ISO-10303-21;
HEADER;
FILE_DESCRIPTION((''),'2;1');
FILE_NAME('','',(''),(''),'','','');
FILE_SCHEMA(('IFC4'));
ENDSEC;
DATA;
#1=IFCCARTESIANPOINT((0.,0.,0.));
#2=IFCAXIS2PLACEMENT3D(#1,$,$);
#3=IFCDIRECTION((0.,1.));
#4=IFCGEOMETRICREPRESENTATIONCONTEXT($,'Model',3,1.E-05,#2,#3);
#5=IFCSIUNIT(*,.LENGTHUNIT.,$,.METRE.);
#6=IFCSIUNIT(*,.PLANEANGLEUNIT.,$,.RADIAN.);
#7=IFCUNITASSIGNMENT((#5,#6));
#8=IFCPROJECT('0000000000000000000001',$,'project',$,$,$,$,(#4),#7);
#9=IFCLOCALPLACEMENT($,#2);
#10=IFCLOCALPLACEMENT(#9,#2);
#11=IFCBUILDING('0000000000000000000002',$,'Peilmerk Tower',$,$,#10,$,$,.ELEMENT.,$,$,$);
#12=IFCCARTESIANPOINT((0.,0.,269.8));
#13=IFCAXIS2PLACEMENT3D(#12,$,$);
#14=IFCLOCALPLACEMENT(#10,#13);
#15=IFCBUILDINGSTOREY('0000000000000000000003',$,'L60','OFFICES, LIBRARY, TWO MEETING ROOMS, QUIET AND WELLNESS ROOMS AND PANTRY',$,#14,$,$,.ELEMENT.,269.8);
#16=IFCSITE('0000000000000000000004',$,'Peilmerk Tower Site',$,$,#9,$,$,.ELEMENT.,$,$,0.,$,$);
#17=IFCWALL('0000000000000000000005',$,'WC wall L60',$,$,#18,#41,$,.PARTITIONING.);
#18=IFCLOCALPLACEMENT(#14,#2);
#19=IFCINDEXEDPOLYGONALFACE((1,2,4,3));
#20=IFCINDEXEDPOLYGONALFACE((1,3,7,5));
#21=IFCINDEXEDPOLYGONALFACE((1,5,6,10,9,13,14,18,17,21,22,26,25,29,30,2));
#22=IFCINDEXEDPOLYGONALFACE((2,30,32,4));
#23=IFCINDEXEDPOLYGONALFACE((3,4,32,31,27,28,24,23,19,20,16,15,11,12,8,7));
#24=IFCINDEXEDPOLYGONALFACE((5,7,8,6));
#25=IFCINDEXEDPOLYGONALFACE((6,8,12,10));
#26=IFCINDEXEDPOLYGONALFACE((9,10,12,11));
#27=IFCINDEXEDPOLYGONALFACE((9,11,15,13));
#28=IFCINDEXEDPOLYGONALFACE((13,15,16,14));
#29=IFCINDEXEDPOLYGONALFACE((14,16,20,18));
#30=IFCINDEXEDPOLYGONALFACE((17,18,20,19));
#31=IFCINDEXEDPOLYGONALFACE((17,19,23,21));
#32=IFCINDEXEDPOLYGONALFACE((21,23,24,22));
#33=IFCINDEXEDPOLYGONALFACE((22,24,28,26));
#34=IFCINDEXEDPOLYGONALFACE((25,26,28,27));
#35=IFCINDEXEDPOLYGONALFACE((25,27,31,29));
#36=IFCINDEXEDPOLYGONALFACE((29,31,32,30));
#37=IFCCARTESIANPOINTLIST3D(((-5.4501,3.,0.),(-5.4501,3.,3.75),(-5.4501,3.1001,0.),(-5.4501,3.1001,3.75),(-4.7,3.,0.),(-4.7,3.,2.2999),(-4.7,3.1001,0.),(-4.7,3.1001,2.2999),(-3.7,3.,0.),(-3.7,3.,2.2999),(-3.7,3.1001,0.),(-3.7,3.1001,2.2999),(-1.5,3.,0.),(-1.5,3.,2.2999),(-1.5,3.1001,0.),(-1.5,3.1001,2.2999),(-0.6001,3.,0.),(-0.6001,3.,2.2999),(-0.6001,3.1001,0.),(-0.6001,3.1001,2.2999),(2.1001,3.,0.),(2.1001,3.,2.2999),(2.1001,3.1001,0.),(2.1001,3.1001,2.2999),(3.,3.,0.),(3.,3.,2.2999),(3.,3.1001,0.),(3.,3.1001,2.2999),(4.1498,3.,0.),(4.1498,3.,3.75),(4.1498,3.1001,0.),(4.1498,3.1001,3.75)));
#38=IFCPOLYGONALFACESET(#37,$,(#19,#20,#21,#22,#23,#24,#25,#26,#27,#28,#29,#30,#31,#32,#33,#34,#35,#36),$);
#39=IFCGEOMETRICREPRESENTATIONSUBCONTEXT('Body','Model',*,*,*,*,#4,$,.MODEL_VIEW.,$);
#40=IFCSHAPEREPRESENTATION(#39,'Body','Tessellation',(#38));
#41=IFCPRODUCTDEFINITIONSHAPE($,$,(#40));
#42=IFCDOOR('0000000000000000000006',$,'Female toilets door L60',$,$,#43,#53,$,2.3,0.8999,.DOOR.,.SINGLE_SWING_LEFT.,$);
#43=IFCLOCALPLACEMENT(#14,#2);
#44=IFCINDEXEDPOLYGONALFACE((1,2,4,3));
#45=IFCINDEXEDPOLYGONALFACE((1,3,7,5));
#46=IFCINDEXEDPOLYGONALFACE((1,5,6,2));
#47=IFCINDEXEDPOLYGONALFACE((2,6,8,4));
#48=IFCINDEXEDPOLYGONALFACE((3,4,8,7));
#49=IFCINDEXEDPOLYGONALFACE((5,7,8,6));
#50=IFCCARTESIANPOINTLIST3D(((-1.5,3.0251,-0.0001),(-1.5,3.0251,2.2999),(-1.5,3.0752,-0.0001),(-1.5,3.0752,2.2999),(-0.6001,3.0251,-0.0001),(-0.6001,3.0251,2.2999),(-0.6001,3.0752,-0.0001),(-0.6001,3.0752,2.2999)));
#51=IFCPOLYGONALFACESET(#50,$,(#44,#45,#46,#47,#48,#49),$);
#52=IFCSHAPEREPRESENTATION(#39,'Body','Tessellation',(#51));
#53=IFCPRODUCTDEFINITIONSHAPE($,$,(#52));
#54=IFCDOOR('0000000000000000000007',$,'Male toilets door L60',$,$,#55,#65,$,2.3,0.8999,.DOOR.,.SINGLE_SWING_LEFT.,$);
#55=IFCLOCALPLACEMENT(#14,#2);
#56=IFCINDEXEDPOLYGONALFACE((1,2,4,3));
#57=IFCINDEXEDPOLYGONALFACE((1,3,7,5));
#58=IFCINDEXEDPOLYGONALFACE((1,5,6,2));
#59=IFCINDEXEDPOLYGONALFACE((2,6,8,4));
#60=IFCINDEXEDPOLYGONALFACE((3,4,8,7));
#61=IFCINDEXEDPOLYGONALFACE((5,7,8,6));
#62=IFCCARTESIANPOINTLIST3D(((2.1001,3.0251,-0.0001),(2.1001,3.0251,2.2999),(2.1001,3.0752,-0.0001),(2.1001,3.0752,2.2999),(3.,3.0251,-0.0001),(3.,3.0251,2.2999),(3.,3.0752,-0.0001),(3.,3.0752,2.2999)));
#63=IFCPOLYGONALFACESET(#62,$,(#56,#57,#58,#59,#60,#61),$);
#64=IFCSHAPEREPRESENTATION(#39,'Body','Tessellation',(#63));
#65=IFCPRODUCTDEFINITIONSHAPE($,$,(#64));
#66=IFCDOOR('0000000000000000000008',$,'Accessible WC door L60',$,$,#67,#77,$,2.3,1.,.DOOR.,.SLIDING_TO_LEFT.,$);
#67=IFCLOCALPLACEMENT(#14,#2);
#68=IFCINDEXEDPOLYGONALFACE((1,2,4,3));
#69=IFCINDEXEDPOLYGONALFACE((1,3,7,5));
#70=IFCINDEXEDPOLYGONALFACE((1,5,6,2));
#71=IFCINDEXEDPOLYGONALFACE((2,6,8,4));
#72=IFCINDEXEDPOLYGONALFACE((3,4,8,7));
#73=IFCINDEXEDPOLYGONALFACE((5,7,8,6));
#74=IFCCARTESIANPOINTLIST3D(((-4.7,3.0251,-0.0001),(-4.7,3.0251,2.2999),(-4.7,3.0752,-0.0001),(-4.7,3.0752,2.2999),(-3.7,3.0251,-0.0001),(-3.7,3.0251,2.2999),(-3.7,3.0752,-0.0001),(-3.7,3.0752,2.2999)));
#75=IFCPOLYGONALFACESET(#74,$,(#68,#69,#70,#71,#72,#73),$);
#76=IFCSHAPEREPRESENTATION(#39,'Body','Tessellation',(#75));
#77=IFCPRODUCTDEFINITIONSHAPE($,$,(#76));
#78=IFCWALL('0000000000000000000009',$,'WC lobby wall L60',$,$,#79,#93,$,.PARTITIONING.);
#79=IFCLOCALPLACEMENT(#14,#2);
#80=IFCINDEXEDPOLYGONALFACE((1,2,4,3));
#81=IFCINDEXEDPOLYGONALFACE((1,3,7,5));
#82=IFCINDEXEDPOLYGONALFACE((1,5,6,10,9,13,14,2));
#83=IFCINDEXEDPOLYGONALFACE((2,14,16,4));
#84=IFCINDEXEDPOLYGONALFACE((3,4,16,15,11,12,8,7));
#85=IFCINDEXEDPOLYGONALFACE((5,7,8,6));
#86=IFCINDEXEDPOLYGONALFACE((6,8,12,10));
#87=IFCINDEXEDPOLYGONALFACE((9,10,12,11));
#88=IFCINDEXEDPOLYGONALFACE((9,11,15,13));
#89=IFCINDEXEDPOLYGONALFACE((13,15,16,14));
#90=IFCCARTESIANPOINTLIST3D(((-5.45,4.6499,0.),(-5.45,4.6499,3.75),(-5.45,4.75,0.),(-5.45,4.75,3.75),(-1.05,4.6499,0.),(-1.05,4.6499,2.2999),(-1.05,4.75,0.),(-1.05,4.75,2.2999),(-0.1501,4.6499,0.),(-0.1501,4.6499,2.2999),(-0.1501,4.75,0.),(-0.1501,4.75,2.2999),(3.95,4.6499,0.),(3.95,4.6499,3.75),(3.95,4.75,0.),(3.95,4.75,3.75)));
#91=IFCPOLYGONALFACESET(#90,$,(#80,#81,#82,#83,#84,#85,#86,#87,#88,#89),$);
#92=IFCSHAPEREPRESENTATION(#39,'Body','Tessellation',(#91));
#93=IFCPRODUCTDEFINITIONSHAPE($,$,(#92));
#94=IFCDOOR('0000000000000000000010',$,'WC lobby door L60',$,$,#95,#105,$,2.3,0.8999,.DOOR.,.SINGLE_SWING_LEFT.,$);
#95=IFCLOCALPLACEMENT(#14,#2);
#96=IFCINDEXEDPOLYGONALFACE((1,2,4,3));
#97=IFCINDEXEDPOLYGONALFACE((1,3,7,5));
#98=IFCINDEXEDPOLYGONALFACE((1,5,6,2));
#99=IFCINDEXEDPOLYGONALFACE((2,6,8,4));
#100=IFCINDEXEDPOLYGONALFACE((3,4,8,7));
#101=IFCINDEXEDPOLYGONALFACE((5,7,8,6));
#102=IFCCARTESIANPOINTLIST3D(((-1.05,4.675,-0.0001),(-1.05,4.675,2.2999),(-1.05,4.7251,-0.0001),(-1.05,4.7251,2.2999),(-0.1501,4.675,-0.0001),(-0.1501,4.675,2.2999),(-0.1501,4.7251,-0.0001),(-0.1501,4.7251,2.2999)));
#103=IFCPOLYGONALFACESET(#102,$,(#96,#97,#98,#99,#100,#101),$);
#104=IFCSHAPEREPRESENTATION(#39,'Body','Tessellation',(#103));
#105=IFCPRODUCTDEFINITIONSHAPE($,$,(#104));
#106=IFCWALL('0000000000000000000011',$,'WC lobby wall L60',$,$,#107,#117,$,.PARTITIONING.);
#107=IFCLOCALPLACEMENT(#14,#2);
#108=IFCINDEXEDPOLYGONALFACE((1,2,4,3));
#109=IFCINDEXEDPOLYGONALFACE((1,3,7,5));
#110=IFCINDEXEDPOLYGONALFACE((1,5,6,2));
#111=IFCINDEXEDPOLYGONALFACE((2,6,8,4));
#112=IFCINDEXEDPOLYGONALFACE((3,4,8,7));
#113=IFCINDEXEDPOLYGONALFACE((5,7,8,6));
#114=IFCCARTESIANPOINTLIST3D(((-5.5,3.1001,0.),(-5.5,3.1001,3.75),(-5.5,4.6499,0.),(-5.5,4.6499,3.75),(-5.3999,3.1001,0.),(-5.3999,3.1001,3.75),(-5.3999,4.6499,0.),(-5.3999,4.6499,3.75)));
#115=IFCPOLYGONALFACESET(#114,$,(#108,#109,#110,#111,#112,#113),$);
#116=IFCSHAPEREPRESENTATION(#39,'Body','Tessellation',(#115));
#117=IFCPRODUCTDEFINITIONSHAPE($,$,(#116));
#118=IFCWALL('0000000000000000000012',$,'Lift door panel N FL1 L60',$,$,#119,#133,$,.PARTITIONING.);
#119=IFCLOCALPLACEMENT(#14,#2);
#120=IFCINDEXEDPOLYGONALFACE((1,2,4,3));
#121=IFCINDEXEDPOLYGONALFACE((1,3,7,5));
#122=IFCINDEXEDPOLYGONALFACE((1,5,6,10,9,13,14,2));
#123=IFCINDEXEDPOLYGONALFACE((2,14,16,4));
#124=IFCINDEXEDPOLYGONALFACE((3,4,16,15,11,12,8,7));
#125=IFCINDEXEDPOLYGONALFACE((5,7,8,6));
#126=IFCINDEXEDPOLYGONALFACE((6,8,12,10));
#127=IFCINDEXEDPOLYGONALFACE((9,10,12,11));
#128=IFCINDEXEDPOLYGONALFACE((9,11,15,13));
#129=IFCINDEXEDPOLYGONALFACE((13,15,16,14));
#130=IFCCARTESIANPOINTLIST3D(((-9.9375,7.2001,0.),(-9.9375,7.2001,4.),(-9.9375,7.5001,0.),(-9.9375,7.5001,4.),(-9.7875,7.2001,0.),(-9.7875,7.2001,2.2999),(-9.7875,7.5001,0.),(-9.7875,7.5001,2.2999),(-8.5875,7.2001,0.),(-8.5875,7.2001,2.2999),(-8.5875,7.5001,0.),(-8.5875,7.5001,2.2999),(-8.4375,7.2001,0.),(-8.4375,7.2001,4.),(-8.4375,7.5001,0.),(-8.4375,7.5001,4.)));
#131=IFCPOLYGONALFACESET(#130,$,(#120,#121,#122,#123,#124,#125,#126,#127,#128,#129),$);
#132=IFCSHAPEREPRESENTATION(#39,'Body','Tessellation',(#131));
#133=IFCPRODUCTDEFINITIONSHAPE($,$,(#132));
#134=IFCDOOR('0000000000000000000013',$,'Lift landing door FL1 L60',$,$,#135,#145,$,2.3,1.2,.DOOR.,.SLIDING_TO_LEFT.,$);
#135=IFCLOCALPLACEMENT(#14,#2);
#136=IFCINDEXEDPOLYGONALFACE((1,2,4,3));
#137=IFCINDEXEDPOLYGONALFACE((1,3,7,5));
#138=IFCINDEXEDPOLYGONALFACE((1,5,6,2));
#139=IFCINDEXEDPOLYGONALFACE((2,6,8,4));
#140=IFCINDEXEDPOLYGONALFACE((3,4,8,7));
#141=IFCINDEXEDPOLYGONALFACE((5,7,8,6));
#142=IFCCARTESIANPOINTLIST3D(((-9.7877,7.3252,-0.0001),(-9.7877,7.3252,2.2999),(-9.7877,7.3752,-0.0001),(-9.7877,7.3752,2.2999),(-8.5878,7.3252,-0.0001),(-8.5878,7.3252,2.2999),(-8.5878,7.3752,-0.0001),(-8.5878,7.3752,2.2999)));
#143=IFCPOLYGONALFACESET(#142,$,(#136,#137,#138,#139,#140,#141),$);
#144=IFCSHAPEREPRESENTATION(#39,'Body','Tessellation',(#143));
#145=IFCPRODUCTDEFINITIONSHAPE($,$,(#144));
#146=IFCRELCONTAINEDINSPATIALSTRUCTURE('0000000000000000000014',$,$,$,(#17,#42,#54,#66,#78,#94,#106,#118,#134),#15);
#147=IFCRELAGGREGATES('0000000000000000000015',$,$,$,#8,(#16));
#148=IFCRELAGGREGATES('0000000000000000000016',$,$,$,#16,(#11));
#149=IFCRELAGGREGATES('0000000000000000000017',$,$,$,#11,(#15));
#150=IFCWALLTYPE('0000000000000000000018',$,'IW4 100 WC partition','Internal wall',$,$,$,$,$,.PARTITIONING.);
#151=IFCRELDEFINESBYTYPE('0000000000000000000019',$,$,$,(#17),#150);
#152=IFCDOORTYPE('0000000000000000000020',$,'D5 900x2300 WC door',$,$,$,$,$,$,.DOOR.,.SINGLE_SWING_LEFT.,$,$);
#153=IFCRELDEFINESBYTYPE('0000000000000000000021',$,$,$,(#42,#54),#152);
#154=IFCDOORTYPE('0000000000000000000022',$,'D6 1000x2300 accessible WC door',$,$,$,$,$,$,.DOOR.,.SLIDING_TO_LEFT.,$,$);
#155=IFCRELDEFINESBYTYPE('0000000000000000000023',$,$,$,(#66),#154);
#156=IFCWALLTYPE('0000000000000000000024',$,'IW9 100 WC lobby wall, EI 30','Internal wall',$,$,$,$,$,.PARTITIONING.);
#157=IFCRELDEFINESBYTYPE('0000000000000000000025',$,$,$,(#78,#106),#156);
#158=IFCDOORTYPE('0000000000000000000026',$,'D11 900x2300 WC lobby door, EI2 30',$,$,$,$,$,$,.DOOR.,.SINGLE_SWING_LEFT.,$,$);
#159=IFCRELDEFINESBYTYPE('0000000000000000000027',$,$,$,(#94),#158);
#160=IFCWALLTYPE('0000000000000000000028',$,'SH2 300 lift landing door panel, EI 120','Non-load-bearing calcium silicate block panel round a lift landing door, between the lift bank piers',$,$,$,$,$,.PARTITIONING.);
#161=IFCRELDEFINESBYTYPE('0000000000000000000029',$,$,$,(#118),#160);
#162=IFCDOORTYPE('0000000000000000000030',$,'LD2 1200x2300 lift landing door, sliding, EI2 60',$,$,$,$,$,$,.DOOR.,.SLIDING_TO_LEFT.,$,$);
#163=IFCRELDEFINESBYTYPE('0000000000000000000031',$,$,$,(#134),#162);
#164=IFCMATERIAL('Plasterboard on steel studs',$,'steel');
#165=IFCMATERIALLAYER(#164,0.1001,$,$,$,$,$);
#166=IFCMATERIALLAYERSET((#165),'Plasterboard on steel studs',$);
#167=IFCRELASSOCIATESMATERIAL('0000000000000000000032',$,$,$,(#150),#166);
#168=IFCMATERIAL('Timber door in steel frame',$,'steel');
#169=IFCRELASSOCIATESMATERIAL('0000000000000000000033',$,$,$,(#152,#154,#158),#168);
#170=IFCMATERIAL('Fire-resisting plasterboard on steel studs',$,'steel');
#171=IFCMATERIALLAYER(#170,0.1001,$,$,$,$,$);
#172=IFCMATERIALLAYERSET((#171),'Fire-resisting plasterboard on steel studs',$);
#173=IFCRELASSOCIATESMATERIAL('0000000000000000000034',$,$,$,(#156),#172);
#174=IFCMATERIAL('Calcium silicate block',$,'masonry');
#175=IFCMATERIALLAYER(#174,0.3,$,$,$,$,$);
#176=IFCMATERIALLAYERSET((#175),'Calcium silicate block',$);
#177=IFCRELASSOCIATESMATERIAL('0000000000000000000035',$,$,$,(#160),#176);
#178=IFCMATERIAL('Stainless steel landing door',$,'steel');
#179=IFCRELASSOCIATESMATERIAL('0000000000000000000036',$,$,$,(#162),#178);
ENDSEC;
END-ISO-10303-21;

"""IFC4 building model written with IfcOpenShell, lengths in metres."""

from ifc_helpers import new_model, si_unit, direction, frame, frame_2d, origin, place, context, subcontext, project, spatial, rectangle, extrude, material, layer, layer_set, type_object, element, fill, save


model = new_model("IFC4")

# Units and contexts
model_context = context("Model", 3, precision=1e-05, world=origin(), true_north=direction((0.0, 1.0)))
body_context = subcontext(model_context, "Body", "Model", "MODEL_VIEW")
ifc_project = project(units=[si_unit("LENGTHUNIT", "METRE"), si_unit("PLANEANGLEUNIT", "RADIAN")], contexts=[model_context])

# Site, building, storey
site_placement = place(None, origin())
site = spatial("IfcSite", under=ifc_project, at=site_placement, Name="Peilmerk Tower Site", CompositionType="ELEMENT", RefElevation=0.0)
building_placement = place(site_placement, origin())
building = spatial("IfcBuilding", under=site, at=building_placement, Name="Peilmerk Tower", CompositionType="ELEMENT")
storey_placement = place(building_placement, frame((0.0, 0.0, 269.8)))
storey = spatial("IfcBuildingStorey", under=building, at=storey_placement, Name="L60", Description="OFFICES, LIBRARY, TWO MEETING ROOMS, QUIET AND WELLNESS ROOMS AND PANTRY", CompositionType="ELEMENT", Elevation=269.8)

# Wall, openings, doors
ifc_material_1 = material(Name="Plasterboard on steel studs", Category="steel")
ifc_layer_1 = layer(ifc_material_1, 0.1001)
ifc_layer_set_1 = layer_set([ifc_layer_1], Name="Plasterboard on steel studs")
wall_type_1 = type_object("IfcWallType", Name="IW4 100 WC partition", Description="Internal wall", PredefinedType="PARTITIONING", material=ifc_layer_set_1)
wall_1_placement = place(storey_placement, frame((-5.45, 3.05, 0.0), z_axis=(0.0, 0.0, 1.0), x_axis=(1.0, 0.0, 0.0)))
wall_1 = element("IfcWall", 1, at=wall_1_placement, inside=storey, type_object=wall_type_1, Name="WC wall L60", PredefinedType="PARTITIONING", context=body_context, shape_type="SweptSolid", body=[
    extrude(rectangle(XDim=9.5999, YDim=0.1001, at=frame_2d((4.7998, 0.0))), origin(), (0.0, 0.0, 1.0), 3.75),
])
opening_1_placement = place(wall_1_placement, frame((0.75, 0.0, 0.0)))
opening_1 = element("IfcOpeningElement", 2, at=opening_1_placement, cuts=wall_1, PredefinedType="OPENING", context=body_context, shape_type="SweptSolid", body=[
    extrude(rectangle(XDim=1.0, YDim=2.3, at=frame_2d((0.5, 1.1499))), frame((0.0, 0.0601, 0.0), z_axis=(0.0, -1.0, 0.0), x_axis=(1.0, 0.0, 0.0)), (0.0, 0.0, 1.0), 0.1201),
])
opening_2_placement = place(wall_1_placement, frame((3.95, 0.0, 0.0)))
opening_2 = element("IfcOpeningElement", 3, at=opening_2_placement, cuts=wall_1, PredefinedType="OPENING", context=body_context, shape_type="SweptSolid", body=[
    extrude(rectangle(XDim=0.8999, YDim=2.3, at=frame_2d((0.45, 1.1499))), frame((0.0, 0.0601, 0.0), z_axis=(0.0, -1.0, 0.0), x_axis=(1.0, 0.0, 0.0)), (0.0, 0.0, 1.0), 0.1201),
])
opening_3_placement = place(wall_1_placement, frame((7.55, 0.0, 0.0)))
opening_3 = element("IfcOpeningElement", 4, at=opening_3_placement, cuts=wall_1, PredefinedType="OPENING", context=body_context, shape_type="SweptSolid", body=[
    extrude(rectangle(XDim=0.8999, YDim=2.3, at=frame_2d((0.45, 1.1499))), frame((0.0, 0.0601, 0.0), z_axis=(0.0, -1.0, 0.0), x_axis=(1.0, 0.0, 0.0)), (0.0, 0.0, 1.0), 0.1201),
])
ifc_material_2 = material(Name="Timber door in steel frame", Category="steel")
door_type_1 = type_object("IfcDoorType", Name="D5 900x2300 WC door", OperationType="SINGLE_SWING_LEFT", PredefinedType="DOOR", material=ifc_material_2)
door_1_placement = place(opening_2_placement, frame((0.8999, 0.0, 0.0), z_axis=(0.0, 0.0, 1.0), x_axis=(-1.0, 0.0, 0.0)))
door_1 = element("IfcDoor", 5, at=door_1_placement, inside=storey, type_object=door_type_1, Name="Female toilets door L60", OperationType="SINGLE_SWING_LEFT", OverallHeight=2.3, OverallWidth=0.8999, PredefinedType="DOOR", context=body_context, shape_type="SweptSolid", body=[
    extrude(rectangle(XDim=0.8999, YDim=2.3, at=frame_2d((0.45, 1.1499))), frame((0.0, 0.0249, 0.0), z_axis=(0.0, -1.0, 0.0), x_axis=(1.0, 0.0, 0.0)), (0.0, 0.0, 1.0), 0.05),
])
fill(opening_2, door_1)
door_2_placement = place(opening_3_placement, frame((0.8999, 0.0, 0.0), z_axis=(0.0, 0.0, 1.0), x_axis=(-1.0, 0.0, 0.0)))
door_2 = element("IfcDoor", 6, at=door_2_placement, inside=storey, type_object=door_type_1, Name="Male toilets door L60", OperationType="SINGLE_SWING_LEFT", OverallHeight=2.3, OverallWidth=0.8999, PredefinedType="DOOR", context=body_context, shape_type="SweptSolid", body=[
    extrude(rectangle(XDim=0.8999, YDim=2.3, at=frame_2d((0.45, 1.1499))), frame((0.0, 0.0249, 0.0), z_axis=(0.0, -1.0, 0.0), x_axis=(1.0, 0.0, 0.0)), (0.0, 0.0, 1.0), 0.05),
])
fill(opening_3, door_2)
door_type_2 = type_object("IfcDoorType", Name="D6 1000x2300 accessible WC door", OperationType="SLIDING_TO_LEFT", PredefinedType="DOOR", material=ifc_material_2)
door_3_placement = place(opening_1_placement, frame((1.0, 0.0, 0.0), z_axis=(0.0, 0.0, 1.0), x_axis=(-1.0, 0.0, 0.0)))
door_3 = element("IfcDoor", 7, at=door_3_placement, inside=storey, type_object=door_type_2, Name="Accessible WC door L60", OperationType="SLIDING_TO_LEFT", OverallHeight=2.3, OverallWidth=1.0, PredefinedType="DOOR", context=body_context, shape_type="SweptSolid", body=[
    extrude(rectangle(XDim=1.0, YDim=2.3, at=frame_2d((0.5, 1.1499))), frame((0.0, 0.0249, 0.0), z_axis=(0.0, -1.0, 0.0), x_axis=(1.0, 0.0, 0.0)), (0.0, 0.0, 1.0), 0.05),
])
fill(opening_1, door_3)

# Wall, opening, door
ifc_material_3 = material(Name="Fire-resisting plasterboard on steel studs", Category="steel")
ifc_layer_2 = layer(ifc_material_3, 0.1001)
ifc_layer_set_2 = layer_set([ifc_layer_2], Name="Fire-resisting plasterboard on steel studs")
wall_type_2 = type_object("IfcWallType", Name="IW9 100 WC lobby wall, EI 30", Description="Internal wall", PredefinedType="PARTITIONING", material=ifc_layer_set_2)
wall_2_placement = place(storey_placement, frame((-5.45, 4.7, 0.0), z_axis=(0.0, 0.0, 1.0), x_axis=(1.0, 0.0, 0.0)))
wall_2 = element("IfcWall", 8, at=wall_2_placement, inside=storey, type_object=wall_type_2, Name="WC lobby wall L60", PredefinedType="PARTITIONING", context=body_context, shape_type="SweptSolid", body=[
    extrude(rectangle(XDim=9.3999, YDim=0.1001, at=frame_2d((4.7, 0.0))), origin(), (0.0, 0.0, 1.0), 3.75),
])
opening_4_placement = place(wall_2_placement, frame((4.3999, 0.0, 0.0)))
opening_4 = element("IfcOpeningElement", 9, at=opening_4_placement, cuts=wall_2, PredefinedType="OPENING", context=body_context, shape_type="SweptSolid", body=[
    extrude(rectangle(XDim=0.8999, YDim=2.3, at=frame_2d((0.45, 1.1499))), frame((0.0, 0.0601, 0.0), z_axis=(0.0, -1.0, 0.0), x_axis=(1.0, 0.0, 0.0)), (0.0, 0.0, 1.0), 0.1201),
])
door_type_3 = type_object("IfcDoorType", Name="D11 900x2300 WC lobby door, EI2 30", OperationType="SINGLE_SWING_LEFT", PredefinedType="DOOR", material=ifc_material_2)
door_4_placement = place(opening_4_placement, frame((0.8999, 0.0, 0.0), z_axis=(0.0, 0.0, 1.0), x_axis=(-1.0, 0.0, 0.0)))
door_4 = element("IfcDoor", 10, at=door_4_placement, inside=storey, type_object=door_type_3, Name="WC lobby door L60", OperationType="SINGLE_SWING_LEFT", OverallHeight=2.3, OverallWidth=0.8999, PredefinedType="DOOR", context=body_context, shape_type="SweptSolid", body=[
    extrude(rectangle(XDim=0.8999, YDim=2.3, at=frame_2d((0.45, 1.1499))), frame((0.0, 0.0249, 0.0), z_axis=(0.0, -1.0, 0.0), x_axis=(1.0, 0.0, 0.0)), (0.0, 0.0, 1.0), 0.05),
])
fill(opening_4, door_4)

# Wall
wall_3_placement = place(storey_placement, frame((-5.45, 3.1001, 0.0), z_axis=(0.0, 0.0, 1.0), x_axis=(0.0, 1.0, 0.0)))
element("IfcWall", 11, at=wall_3_placement, inside=storey, type_object=wall_type_2, Name="WC lobby wall L60", PredefinedType="PARTITIONING", context=body_context, shape_type="SweptSolid", body=[
    extrude(rectangle(XDim=1.5498, YDim=0.1001, at=frame_2d((0.7749, 0.0))), origin(), (0.0, 0.0, 1.0), 3.75),
])

# Wall, opening, door
ifc_material_4 = material(Name="Calcium silicate block", Category="masonry")
ifc_layer_3 = layer(ifc_material_4, 0.3)
ifc_layer_set_3 = layer_set([ifc_layer_3], Name="Calcium silicate block")
wall_type_3 = type_object("IfcWallType", Name="SH2 300 lift landing door panel, EI 120", Description="Non-load-bearing calcium silicate block panel round a lift landing door, between the lift bank piers", PredefinedType="PARTITIONING", material=ifc_layer_set_3)
wall_4_placement = place(storey_placement, frame((-9.9375, 7.3501, 0.0), z_axis=(0.0, 0.0, 1.0), x_axis=(1.0, 0.0, 0.0)))
wall_4 = element("IfcWall", 12, at=wall_4_placement, inside=storey, type_object=wall_type_3, Name="Lift door panel N FL1 L60", PredefinedType="PARTITIONING", context=body_context, shape_type="SweptSolid", body=[
    extrude(rectangle(XDim=1.5, YDim=0.3, at=frame_2d((0.75, 0.0))), origin(), (0.0, 0.0, 1.0), 4.0),
])
opening_5_placement = place(wall_4_placement, frame((0.1499, 0.0, 0.0)))
opening_5 = element("IfcOpeningElement", 13, at=opening_5_placement, cuts=wall_4, PredefinedType="OPENING", context=body_context, shape_type="SweptSolid", body=[
    extrude(rectangle(XDim=1.2, YDim=2.3, at=frame_2d((0.6001, 1.1499))), frame((0.0, 0.1599, 0.0), z_axis=(0.0, -1.0, 0.0), x_axis=(1.0, 0.0, 0.0)), (0.0, 0.0, 1.0), 0.3201),
])
ifc_material_5 = material(Name="Stainless steel landing door", Category="steel")
door_type_4 = type_object("IfcDoorType", Name="LD2 1200x2300 lift landing door, sliding, EI2 60", OperationType="SLIDING_TO_LEFT", PredefinedType="DOOR", material=ifc_material_5)
door_5_placement = place(opening_5_placement, frame((1.2, 0.0, 0.0), z_axis=(0.0, 0.0, 1.0), x_axis=(-1.0, 0.0, 0.0)))
door_5 = element("IfcDoor", 14, at=door_5_placement, inside=storey, type_object=door_type_4, Name="Lift landing door FL1 L60", OperationType="SLIDING_TO_LEFT", OverallHeight=2.3, OverallWidth=1.2, PredefinedType="DOOR", context=body_context, shape_type="SweptSolid", body=[
    extrude(rectangle(XDim=1.2, YDim=2.3, at=frame_2d((0.6001, 1.1499))), frame((0.0, 0.0249, 0.0), z_axis=(0.0, -1.0, 0.0), x_axis=(1.0, 0.0, 0.0)), (0.0, 0.0, 1.0), 0.05),
])
fill(opening_5, door_5)

save(model, "model.ifc")
